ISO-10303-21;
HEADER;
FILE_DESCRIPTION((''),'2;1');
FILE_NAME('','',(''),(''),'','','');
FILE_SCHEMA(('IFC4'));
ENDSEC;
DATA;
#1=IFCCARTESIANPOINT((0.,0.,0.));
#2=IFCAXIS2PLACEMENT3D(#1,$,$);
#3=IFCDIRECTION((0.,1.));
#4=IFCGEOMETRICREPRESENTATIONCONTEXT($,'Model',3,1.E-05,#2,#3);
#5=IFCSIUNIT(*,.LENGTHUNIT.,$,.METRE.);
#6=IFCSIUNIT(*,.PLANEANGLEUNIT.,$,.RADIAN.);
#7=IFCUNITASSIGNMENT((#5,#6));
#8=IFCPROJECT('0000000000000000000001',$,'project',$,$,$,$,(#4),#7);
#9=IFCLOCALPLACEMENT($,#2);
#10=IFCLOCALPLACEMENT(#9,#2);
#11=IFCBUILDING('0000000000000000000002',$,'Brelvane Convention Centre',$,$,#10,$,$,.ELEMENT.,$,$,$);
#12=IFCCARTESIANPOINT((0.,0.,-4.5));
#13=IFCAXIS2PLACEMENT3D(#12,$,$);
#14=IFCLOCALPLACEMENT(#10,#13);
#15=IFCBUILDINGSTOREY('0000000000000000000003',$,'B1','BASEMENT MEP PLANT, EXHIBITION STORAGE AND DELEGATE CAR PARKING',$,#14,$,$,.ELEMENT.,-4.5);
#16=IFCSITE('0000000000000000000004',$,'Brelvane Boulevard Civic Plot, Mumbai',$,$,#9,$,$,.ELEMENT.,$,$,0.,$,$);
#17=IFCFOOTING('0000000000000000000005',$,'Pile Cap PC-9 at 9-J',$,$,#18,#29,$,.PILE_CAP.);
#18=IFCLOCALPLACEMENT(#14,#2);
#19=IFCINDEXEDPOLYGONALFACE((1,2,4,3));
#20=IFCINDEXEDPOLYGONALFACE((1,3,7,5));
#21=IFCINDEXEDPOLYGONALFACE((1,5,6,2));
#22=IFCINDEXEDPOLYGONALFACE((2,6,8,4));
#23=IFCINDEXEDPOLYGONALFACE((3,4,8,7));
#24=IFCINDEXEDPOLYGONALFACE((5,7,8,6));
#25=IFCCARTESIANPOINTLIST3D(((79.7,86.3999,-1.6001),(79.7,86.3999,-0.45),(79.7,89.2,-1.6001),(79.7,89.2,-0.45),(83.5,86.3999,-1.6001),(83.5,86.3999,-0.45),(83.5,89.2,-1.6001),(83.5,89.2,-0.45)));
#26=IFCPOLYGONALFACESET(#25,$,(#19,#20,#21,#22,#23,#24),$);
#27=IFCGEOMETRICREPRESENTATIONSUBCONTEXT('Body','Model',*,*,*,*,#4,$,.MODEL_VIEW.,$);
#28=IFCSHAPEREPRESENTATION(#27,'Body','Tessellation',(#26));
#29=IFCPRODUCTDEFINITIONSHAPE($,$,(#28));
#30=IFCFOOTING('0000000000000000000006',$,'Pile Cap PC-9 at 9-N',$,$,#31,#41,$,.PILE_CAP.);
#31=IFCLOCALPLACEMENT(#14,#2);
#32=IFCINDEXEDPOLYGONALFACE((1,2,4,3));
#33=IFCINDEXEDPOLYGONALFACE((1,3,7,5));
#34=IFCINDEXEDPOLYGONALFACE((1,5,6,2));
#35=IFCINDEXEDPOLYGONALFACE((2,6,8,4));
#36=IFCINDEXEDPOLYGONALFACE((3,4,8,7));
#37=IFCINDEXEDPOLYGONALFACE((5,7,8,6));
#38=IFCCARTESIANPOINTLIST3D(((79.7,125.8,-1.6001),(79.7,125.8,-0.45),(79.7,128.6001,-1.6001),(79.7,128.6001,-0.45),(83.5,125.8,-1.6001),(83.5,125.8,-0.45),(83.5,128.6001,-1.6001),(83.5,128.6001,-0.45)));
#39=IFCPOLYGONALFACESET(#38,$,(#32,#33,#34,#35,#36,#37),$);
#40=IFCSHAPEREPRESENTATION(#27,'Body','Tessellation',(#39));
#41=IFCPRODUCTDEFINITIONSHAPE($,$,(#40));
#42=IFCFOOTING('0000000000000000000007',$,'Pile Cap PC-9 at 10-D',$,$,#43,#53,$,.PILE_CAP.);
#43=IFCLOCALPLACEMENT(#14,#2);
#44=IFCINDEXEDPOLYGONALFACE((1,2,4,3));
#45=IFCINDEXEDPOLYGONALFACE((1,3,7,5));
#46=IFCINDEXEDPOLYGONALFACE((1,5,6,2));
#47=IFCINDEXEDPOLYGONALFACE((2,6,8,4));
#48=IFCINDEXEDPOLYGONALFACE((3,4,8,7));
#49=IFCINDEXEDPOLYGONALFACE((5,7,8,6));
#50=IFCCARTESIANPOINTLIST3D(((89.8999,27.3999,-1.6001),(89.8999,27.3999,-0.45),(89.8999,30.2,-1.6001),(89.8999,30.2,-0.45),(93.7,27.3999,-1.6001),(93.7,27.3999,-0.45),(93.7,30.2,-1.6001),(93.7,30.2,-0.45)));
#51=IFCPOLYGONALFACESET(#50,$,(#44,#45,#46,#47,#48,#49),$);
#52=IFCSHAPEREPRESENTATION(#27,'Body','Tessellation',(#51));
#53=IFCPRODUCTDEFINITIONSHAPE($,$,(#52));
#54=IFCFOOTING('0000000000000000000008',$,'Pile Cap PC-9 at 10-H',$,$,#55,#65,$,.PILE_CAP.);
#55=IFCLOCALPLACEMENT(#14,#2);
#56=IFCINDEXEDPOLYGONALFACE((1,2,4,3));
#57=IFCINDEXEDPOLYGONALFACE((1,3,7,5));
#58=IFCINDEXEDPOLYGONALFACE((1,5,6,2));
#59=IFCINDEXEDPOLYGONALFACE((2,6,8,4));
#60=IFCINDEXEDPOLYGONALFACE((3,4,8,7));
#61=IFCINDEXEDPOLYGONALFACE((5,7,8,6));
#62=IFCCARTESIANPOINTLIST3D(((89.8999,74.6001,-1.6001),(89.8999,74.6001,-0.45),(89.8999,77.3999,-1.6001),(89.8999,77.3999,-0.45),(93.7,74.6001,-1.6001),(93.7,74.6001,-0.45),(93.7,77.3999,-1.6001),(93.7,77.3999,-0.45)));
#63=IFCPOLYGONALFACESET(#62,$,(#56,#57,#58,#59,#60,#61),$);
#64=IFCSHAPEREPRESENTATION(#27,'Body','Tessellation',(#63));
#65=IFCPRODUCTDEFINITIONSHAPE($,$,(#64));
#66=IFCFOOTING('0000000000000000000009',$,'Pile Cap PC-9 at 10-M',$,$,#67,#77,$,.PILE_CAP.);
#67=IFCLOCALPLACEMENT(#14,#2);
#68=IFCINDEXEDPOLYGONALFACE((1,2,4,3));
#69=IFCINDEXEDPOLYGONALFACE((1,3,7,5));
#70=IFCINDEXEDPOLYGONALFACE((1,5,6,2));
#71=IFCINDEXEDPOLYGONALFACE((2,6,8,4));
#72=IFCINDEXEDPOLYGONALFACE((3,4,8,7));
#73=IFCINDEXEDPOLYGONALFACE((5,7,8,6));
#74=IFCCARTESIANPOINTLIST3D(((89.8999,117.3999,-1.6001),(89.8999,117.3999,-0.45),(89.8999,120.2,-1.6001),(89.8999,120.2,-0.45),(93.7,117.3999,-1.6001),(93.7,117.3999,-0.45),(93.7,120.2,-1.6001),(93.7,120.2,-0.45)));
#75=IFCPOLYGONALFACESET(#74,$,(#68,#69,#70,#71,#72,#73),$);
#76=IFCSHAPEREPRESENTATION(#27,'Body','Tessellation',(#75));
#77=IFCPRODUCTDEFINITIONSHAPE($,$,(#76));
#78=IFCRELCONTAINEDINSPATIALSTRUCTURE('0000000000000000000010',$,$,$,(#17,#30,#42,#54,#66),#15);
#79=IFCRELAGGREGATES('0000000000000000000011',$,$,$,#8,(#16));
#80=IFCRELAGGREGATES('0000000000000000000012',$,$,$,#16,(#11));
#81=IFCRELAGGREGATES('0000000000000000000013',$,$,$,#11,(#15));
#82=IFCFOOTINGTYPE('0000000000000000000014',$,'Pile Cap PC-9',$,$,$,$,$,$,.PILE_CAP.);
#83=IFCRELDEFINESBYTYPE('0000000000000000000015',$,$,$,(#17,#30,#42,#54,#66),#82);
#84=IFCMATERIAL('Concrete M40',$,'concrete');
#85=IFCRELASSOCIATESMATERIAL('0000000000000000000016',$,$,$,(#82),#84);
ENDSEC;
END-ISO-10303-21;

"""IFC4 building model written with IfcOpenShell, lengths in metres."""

from ifc_helpers import new_model, si_unit, direction, frame, origin, place, context, subcontext, project, spatial, polyline, outline, extrude, material, type_object, element, save


model = new_model("IFC4")

# Units and contexts
model_context = context("Model", 3, precision=1e-05, world=origin(), true_north=direction((0.0, 1.0)))
body_context = subcontext(model_context, "Body", "Model", "MODEL_VIEW")
ifc_project = project(units=[si_unit("LENGTHUNIT", "METRE"), si_unit("PLANEANGLEUNIT", "RADIAN")], contexts=[model_context])

# Site, building, storey
site_placement = place(None, origin())
site = spatial("IfcSite", under=ifc_project, at=site_placement, Name="Brelvane Boulevard Civic Plot, Mumbai", CompositionType="ELEMENT", RefElevation=0.0)
building_placement = place(site_placement, origin())
building = spatial("IfcBuilding", under=site, at=building_placement, Name="Brelvane Convention Centre", CompositionType="ELEMENT")
storey_placement = place(building_placement, frame((0.0, 0.0, -4.5)))
storey = spatial("IfcBuildingStorey", under=building, at=storey_placement, Name="B1", Description="BASEMENT MEP PLANT, EXHIBITION STORAGE AND DELEGATE CAR PARKING", CompositionType="ELEMENT", Elevation=-4.5)

# Footings
ifc_material = material(Name="Concrete M40", Category="concrete")
footing_type = type_object("IfcFootingType", Name="Pile Cap PC-9", PredefinedType="PILE_CAP", material=ifc_material)
footing_1_placement = place(storey_placement, frame((0.0, 0.0, -1.6001)))
element("IfcFooting", 1, at=footing_1_placement, inside=storey, type_object=footing_type, Name="Pile Cap PC-9 at 9-J", PredefinedType="PILE_CAP", context=body_context, shape_type="SweptSolid", body=[
    extrude(outline(polyline([(79.7, 86.3999), (83.5, 86.3999), (83.5, 89.2), (79.7, 89.2), (79.7, 86.3999)])), origin(), (0.0, 0.0, 1.0), 1.1501),
])
footing_2_placement = place(storey_placement, frame((0.0, 0.0, -1.6001)))
element("IfcFooting", 2, at=footing_2_placement, inside=storey, type_object=footing_type, Name="Pile Cap PC-9 at 9-N", PredefinedType="PILE_CAP", context=body_context, shape_type="SweptSolid", body=[
    extrude(outline(polyline([(79.7, 125.8), (83.5, 125.8), (83.5, 128.6001), (79.7, 128.6001), (79.7, 125.8)])), origin(), (0.0, 0.0, 1.0), 1.1501),
])
footing_3_placement = place(storey_placement, frame((0.0, 0.0, -1.6001)))
element("IfcFooting", 3, at=footing_3_placement, inside=storey, type_object=footing_type, Name="Pile Cap PC-9 at 10-D", PredefinedType="PILE_CAP", context=body_context, shape_type="SweptSolid", body=[
    extrude(outline(polyline([(89.8999, 27.3999), (93.7, 27.3999), (93.7, 30.2), (89.8999, 30.2), (89.8999, 27.3999)])), origin(), (0.0, 0.0, 1.0), 1.1501),
])
footing_4_placement = place(storey_placement, frame((0.0, 0.0, -1.6001)))
element("IfcFooting", 4, at=footing_4_placement, inside=storey, type_object=footing_type, Name="Pile Cap PC-9 at 10-H", PredefinedType="PILE_CAP", context=body_context, shape_type="SweptSolid", body=[
    extrude(outline(polyline([(89.8999, 74.6001), (93.7, 74.6001), (93.7, 77.3999), (89.8999, 77.3999), (89.8999, 74.6001)])), origin(), (0.0, 0.0, 1.0), 1.1501),
])
footing_5_placement = place(storey_placement, frame((0.0, 0.0, -1.6001)))
element("IfcFooting", 5, at=footing_5_placement, inside=storey, type_object=footing_type, Name="Pile Cap PC-9 at 10-M", PredefinedType="PILE_CAP", context=body_context, shape_type="SweptSolid", body=[
    extrude(outline(polyline([(89.8999, 117.3999), (93.7, 117.3999), (93.7, 120.2), (89.8999, 120.2), (89.8999, 117.3999)])), origin(), (0.0, 0.0, 1.0), 1.1501),
])

save(model, "model.ifc")
